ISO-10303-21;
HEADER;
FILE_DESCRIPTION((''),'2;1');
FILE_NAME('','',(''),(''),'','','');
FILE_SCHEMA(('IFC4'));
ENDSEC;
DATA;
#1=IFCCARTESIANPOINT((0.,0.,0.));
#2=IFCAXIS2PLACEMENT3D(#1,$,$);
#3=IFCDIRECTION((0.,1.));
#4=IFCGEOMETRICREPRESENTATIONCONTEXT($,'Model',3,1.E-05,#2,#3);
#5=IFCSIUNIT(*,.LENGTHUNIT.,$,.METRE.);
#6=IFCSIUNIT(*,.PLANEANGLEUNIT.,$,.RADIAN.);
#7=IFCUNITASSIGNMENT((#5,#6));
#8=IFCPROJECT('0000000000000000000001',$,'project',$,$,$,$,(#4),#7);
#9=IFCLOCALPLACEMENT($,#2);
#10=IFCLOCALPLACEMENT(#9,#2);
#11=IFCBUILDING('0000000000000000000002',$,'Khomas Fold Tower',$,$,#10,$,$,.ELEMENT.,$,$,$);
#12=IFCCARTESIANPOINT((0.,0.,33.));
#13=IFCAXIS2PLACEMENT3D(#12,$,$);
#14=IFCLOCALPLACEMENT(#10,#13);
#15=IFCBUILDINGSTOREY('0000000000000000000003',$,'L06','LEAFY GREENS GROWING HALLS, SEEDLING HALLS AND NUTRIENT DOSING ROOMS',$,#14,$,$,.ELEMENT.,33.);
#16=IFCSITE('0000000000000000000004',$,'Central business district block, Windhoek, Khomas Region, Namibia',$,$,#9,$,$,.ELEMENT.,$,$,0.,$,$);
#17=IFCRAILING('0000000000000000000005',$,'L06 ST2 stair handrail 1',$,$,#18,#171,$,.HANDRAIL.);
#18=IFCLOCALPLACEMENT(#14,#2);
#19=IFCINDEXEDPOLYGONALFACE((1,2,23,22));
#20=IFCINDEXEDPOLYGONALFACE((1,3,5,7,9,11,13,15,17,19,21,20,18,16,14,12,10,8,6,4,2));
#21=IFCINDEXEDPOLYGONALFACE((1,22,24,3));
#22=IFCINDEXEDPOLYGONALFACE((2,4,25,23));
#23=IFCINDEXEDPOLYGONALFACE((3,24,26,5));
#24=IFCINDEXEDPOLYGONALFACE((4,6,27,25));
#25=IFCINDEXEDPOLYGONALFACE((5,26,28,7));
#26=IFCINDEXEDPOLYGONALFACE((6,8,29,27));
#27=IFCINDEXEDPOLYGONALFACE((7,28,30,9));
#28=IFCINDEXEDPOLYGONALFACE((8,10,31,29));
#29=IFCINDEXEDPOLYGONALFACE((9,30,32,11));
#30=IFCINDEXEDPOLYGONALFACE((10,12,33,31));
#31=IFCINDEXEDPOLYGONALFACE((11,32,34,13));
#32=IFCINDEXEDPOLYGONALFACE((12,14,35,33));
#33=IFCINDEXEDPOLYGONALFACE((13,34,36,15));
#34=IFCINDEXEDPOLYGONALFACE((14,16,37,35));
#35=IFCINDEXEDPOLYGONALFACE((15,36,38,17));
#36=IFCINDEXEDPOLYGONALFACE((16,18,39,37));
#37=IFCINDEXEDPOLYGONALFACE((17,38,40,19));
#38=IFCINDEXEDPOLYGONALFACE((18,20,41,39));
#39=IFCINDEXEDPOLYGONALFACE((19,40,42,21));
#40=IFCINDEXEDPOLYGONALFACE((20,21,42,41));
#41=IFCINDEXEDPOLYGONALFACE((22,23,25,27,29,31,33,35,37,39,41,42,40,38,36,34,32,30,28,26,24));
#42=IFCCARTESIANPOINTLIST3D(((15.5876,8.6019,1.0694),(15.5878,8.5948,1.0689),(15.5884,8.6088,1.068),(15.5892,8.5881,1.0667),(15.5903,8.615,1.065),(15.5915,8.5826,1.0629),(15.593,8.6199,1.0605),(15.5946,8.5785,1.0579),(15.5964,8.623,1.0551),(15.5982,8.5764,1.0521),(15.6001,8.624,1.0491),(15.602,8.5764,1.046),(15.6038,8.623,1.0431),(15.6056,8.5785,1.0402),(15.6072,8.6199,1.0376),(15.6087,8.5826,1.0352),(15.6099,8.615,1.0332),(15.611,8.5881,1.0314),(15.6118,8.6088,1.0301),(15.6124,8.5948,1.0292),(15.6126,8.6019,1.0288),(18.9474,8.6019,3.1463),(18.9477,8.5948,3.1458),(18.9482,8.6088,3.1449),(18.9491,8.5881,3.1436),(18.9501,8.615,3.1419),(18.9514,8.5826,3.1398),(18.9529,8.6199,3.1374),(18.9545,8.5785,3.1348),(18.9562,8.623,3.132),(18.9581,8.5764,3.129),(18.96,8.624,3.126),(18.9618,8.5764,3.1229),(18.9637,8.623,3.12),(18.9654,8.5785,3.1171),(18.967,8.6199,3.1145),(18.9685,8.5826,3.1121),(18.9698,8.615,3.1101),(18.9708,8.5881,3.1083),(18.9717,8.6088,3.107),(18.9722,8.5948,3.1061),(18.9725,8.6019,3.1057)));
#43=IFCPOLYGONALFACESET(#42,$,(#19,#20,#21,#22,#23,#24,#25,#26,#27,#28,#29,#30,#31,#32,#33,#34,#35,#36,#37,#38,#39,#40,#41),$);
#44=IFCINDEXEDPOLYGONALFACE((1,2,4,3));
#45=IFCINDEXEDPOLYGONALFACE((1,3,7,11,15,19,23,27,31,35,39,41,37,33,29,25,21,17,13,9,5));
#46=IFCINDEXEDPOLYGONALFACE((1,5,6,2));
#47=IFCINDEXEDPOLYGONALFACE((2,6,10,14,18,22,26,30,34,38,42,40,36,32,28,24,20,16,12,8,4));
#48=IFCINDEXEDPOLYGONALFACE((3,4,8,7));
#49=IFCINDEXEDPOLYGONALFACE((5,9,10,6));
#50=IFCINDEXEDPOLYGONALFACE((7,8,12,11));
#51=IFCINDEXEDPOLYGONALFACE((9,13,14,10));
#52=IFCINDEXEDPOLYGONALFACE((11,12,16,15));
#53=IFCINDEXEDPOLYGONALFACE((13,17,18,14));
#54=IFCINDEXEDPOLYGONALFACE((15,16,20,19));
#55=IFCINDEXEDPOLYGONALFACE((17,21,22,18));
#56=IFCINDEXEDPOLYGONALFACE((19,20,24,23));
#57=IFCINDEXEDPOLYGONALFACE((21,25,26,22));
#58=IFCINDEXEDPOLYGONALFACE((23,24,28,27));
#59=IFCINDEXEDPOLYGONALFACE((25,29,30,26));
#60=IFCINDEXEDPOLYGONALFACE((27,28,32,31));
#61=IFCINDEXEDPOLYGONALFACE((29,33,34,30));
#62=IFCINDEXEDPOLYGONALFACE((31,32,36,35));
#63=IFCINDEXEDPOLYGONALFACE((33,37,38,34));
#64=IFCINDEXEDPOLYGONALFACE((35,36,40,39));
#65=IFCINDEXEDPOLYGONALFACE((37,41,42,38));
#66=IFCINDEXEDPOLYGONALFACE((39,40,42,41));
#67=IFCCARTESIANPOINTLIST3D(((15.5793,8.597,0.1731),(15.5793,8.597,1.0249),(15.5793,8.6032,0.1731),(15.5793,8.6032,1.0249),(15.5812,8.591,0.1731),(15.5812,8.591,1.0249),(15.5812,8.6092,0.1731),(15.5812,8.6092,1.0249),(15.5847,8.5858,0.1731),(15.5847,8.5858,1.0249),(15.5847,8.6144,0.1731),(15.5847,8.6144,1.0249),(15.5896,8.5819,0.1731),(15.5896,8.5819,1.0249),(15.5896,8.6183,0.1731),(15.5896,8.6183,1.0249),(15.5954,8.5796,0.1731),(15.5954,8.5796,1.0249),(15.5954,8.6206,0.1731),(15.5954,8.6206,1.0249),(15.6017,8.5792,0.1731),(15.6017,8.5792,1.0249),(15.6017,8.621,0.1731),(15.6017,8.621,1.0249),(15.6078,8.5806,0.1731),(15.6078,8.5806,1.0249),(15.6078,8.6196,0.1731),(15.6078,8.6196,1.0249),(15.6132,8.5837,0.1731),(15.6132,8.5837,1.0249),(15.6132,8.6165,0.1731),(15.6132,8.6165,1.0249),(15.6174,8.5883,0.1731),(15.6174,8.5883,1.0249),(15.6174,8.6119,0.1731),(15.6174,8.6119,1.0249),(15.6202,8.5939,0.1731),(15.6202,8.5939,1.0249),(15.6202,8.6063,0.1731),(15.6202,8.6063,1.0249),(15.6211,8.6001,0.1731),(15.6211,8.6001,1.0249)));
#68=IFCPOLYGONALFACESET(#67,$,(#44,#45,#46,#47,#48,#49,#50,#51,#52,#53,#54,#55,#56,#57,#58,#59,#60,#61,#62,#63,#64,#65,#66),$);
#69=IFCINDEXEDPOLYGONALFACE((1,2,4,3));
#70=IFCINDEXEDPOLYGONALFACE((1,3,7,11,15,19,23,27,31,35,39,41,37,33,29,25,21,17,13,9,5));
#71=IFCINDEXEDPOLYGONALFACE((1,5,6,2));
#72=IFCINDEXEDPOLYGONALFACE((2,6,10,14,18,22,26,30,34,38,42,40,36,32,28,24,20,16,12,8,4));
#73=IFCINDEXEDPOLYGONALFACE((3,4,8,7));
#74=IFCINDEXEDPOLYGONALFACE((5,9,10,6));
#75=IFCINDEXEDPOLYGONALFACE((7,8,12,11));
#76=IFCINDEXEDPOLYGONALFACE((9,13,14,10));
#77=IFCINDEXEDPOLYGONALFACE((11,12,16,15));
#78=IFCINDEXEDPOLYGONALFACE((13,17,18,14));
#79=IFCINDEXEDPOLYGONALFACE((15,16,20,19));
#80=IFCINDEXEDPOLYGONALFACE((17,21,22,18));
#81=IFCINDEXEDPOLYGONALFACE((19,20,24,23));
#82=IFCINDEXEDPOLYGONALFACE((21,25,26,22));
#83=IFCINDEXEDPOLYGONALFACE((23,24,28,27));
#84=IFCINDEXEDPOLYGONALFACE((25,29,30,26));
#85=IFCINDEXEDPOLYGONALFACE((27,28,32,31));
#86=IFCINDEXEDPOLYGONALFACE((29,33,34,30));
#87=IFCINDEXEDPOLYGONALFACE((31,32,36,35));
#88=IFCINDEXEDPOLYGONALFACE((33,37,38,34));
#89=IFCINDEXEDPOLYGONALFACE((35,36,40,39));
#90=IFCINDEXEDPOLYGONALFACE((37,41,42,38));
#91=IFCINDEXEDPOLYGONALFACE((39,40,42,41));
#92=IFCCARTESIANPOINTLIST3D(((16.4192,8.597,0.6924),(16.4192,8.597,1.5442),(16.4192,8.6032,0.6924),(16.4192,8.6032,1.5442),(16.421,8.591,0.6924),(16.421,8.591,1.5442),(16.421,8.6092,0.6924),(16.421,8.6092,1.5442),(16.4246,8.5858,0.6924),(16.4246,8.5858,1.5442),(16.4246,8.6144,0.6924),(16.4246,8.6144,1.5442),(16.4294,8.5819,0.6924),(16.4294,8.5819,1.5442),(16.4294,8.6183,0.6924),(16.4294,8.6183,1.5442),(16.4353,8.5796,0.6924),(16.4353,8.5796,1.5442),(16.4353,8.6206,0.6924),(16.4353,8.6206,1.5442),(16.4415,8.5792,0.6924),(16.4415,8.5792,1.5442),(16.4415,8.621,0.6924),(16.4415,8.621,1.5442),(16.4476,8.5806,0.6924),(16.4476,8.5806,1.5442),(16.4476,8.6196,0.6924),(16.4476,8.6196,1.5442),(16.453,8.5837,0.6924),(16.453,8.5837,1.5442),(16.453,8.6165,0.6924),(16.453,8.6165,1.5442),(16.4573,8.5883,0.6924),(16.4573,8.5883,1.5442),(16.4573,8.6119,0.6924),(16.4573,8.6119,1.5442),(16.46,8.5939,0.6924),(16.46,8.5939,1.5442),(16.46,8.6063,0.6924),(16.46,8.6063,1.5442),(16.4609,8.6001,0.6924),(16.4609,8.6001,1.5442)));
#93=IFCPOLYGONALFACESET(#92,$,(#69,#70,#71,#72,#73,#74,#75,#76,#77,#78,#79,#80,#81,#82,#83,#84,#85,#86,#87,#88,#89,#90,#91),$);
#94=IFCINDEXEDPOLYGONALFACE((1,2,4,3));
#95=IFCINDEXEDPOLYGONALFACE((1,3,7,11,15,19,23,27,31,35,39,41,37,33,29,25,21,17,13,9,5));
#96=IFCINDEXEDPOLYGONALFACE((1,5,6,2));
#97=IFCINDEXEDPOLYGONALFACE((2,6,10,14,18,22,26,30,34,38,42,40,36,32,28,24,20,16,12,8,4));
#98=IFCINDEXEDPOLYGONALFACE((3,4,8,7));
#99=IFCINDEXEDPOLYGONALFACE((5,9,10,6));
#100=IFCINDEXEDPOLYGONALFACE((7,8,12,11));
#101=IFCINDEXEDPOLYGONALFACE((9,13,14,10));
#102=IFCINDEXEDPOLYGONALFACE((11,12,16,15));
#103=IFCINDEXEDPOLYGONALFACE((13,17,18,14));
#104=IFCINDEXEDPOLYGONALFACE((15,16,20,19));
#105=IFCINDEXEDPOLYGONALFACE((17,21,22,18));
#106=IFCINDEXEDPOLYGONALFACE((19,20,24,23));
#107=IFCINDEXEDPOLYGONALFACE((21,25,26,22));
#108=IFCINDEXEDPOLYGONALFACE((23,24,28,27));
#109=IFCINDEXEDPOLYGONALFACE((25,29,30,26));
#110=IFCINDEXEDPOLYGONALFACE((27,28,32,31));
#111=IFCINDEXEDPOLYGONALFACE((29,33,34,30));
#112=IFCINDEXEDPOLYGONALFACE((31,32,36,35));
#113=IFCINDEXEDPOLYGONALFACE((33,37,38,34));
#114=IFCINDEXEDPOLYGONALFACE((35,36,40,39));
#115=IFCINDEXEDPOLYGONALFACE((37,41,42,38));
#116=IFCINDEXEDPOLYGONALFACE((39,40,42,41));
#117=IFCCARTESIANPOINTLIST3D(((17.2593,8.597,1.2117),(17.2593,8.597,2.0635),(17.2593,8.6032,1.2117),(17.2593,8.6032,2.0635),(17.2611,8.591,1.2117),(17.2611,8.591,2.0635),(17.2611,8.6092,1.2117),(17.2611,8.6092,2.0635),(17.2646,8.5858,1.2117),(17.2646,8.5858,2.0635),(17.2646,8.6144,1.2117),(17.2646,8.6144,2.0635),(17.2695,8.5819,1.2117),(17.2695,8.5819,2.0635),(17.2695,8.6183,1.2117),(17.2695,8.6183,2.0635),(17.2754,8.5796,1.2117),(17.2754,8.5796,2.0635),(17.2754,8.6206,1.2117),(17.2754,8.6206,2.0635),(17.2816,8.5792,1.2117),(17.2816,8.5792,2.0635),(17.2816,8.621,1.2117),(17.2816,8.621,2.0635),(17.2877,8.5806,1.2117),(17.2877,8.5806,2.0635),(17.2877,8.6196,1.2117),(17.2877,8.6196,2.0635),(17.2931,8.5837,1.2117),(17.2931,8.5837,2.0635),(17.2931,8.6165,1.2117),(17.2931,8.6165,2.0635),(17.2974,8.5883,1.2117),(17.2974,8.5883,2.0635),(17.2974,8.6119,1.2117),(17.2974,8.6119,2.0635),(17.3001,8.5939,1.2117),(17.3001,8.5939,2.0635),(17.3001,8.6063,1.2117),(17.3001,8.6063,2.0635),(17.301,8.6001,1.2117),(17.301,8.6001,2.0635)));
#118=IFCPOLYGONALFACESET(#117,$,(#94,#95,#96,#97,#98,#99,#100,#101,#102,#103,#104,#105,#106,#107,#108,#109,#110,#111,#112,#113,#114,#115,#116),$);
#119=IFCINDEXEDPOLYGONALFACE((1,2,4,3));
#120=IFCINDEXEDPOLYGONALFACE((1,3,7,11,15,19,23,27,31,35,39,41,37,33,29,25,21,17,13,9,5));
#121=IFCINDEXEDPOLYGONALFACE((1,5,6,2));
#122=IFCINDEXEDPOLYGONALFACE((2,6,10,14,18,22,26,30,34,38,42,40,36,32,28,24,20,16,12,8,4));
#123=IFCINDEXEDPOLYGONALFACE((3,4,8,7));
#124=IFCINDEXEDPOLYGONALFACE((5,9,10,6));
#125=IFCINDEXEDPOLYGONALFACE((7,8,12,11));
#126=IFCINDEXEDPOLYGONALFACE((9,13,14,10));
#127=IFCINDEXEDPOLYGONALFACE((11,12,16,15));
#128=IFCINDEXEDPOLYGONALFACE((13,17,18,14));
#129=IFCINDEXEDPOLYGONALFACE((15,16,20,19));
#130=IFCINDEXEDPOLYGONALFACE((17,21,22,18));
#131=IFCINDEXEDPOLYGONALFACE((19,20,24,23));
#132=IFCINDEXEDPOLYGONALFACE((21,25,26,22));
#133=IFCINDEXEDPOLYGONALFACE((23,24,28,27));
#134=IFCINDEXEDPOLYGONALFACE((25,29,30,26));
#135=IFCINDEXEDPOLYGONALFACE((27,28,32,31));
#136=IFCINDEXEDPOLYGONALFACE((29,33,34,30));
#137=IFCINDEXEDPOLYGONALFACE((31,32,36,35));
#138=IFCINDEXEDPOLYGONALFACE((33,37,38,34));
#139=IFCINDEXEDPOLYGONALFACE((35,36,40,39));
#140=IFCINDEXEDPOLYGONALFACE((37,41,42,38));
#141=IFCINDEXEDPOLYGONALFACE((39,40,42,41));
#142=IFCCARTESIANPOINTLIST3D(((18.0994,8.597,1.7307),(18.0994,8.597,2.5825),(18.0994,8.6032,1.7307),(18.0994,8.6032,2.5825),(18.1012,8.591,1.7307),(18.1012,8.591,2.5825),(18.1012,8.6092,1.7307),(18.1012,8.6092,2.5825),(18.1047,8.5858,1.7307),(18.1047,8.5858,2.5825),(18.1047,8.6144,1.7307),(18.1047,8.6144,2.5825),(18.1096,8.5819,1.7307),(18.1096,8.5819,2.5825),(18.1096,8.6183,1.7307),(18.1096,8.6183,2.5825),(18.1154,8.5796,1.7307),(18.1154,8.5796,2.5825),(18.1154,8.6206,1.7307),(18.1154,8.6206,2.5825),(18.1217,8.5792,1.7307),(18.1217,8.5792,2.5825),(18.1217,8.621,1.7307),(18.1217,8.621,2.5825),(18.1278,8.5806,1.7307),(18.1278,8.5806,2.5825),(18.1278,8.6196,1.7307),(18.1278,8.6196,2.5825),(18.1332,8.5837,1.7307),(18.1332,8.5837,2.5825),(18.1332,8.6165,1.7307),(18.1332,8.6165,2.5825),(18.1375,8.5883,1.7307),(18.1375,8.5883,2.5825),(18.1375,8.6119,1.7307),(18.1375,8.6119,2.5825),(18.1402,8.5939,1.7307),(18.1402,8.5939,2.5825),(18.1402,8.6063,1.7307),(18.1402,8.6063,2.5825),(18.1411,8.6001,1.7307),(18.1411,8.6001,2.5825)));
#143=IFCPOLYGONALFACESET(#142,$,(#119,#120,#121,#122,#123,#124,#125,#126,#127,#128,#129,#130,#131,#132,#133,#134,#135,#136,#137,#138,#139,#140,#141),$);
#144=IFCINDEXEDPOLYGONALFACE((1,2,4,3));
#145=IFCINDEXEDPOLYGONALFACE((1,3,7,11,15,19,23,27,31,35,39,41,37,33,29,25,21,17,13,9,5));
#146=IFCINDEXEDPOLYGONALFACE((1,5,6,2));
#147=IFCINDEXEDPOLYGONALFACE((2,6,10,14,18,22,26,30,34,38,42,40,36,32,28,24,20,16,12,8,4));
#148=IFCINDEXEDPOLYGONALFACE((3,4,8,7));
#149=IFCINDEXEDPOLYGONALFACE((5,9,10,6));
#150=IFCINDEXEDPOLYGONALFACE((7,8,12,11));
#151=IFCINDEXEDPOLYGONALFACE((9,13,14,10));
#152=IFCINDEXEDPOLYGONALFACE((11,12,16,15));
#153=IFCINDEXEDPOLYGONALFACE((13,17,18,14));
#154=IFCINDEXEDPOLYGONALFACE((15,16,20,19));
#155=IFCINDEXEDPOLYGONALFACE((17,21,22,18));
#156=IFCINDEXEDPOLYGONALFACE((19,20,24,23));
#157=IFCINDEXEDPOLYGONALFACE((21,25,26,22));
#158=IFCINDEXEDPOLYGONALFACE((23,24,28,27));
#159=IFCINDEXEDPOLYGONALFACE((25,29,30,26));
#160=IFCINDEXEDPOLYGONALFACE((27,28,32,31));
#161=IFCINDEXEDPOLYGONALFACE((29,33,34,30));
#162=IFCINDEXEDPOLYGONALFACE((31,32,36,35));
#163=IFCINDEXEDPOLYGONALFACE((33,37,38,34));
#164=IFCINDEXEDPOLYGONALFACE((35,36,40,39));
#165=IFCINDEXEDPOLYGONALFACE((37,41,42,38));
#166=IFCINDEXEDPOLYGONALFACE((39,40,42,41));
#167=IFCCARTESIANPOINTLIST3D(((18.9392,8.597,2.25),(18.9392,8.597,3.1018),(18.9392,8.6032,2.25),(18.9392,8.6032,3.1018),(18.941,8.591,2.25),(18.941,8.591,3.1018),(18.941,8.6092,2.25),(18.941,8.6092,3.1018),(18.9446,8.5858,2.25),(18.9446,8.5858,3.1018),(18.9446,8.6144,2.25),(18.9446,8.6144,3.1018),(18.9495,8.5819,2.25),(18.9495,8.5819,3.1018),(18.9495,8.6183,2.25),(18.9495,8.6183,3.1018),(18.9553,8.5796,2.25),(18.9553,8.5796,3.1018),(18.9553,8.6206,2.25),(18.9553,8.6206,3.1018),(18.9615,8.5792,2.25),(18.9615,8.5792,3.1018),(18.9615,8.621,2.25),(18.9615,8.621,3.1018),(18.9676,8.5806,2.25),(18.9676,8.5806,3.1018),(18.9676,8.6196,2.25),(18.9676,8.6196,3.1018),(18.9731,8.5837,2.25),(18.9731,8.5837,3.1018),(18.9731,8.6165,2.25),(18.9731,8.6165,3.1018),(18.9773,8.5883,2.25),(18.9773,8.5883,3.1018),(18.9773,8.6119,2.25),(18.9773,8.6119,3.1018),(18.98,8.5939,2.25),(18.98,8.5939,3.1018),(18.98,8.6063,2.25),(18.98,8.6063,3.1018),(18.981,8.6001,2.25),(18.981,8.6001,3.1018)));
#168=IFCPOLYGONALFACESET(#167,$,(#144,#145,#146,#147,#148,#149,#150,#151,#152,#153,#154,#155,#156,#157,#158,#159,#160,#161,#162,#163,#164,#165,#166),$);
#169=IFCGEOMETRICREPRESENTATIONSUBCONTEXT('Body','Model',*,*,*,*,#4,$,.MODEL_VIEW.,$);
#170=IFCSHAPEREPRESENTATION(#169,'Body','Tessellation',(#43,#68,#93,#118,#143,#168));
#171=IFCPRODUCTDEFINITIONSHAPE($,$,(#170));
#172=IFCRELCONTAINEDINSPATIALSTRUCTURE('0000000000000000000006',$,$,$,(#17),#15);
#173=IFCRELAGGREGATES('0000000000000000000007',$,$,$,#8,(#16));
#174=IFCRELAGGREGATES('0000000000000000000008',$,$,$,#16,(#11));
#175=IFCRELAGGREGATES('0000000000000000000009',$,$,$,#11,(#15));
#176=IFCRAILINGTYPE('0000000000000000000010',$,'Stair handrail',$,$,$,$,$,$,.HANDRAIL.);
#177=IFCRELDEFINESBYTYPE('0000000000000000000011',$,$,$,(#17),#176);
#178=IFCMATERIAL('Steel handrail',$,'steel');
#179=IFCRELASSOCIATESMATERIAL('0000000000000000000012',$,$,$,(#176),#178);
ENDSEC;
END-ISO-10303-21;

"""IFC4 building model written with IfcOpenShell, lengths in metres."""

from ifc_helpers import new_model, si_unit, direction, frame, origin, origin_2d, place, context, subcontext, project, spatial, circle, extrude, source, transform, mapped, material, type_object, element, save


model = new_model("IFC4")

# Units and contexts
model_context = context("Model", 3, precision=1e-05, world=origin(), true_north=direction((0.0, 1.0)))
body_context = subcontext(model_context, "Body", "Model", "MODEL_VIEW")
ifc_project = project(units=[si_unit("LENGTHUNIT", "METRE"), si_unit("PLANEANGLEUNIT", "RADIAN")], contexts=[model_context])

# Site, building, storey
site_placement = place(None, origin())
site = spatial("IfcSite", under=ifc_project, at=site_placement, Name="Central business district block, Windhoek, Khomas Region, Namibia", CompositionType="ELEMENT", RefElevation=0.0)
building_placement = place(site_placement, origin())
building = spatial("IfcBuilding", under=site, at=building_placement, Name="Khomas Fold Tower", CompositionType="ELEMENT")
storey_placement = place(building_placement, frame((0.0, 0.0, 33.0)))
storey = spatial("IfcBuildingStorey", under=building, at=storey_placement, Name="L06", Description="LEAFY GREENS GROWING HALLS, SEEDLING HALLS AND NUTRIENT DOSING ROOMS", CompositionType="ELEMENT", Elevation=33.0)

# Railing
ifc_material_1 = material(Name="Steel handrail", Category="steel")
railing_type_1 = type_object("IfcRailingType", Name="Stair handrail", PredefinedType="HANDRAIL", material=ifc_material_1)
shared_shape_1 = source(origin(), body_context, "Body", "SweptSolid", [
    extrude(circle(Radius=0.0239, at=origin_2d()), frame((0.0, 0.0, 0.876), z_axis=(0.850606, 0.0, 0.525803), x_axis=(0.0, 1.0, 0.0)), (0.0, 0.0, 1.0), 3.95),
    extrude(circle(Radius=0.021, at=origin_2d()), origin(), (0.0, 0.0, 1.0), 0.8518),
    extrude(circle(Radius=0.021, at=origin_2d()), frame((0.8398, 0.0, 0.5193)), (0.0, 0.0, 1.0), 0.8518),
    extrude(circle(Radius=0.021, at=origin_2d()), frame((1.6799, 0.0, 1.0386)), (0.0, 0.0, 1.0), 0.8518),
    extrude(circle(Radius=0.021, at=origin_2d()), frame((2.52, 0.0, 1.5576)), (0.0, 0.0, 1.0), 0.8518),
    extrude(circle(Radius=0.021, at=origin_2d()), frame((3.3599, 0.0, 2.0769)), (0.0, 0.0, 1.0), 0.8518),
])
railing_1_placement = place(storey_placement, frame((15.6001, 8.6001, 0.1731)))
element("IfcRailing", 1, at=railing_1_placement, inside=storey, type_object=railing_type_1, Name="L06 ST2 stair handrail 1", PredefinedType="HANDRAIL", context=body_context, shape_type="MappedRepresentation", body=[
    mapped(shared_shape_1, transform((0.0, 0.0, 0.0))),
])

save(model, "model.ifc")
